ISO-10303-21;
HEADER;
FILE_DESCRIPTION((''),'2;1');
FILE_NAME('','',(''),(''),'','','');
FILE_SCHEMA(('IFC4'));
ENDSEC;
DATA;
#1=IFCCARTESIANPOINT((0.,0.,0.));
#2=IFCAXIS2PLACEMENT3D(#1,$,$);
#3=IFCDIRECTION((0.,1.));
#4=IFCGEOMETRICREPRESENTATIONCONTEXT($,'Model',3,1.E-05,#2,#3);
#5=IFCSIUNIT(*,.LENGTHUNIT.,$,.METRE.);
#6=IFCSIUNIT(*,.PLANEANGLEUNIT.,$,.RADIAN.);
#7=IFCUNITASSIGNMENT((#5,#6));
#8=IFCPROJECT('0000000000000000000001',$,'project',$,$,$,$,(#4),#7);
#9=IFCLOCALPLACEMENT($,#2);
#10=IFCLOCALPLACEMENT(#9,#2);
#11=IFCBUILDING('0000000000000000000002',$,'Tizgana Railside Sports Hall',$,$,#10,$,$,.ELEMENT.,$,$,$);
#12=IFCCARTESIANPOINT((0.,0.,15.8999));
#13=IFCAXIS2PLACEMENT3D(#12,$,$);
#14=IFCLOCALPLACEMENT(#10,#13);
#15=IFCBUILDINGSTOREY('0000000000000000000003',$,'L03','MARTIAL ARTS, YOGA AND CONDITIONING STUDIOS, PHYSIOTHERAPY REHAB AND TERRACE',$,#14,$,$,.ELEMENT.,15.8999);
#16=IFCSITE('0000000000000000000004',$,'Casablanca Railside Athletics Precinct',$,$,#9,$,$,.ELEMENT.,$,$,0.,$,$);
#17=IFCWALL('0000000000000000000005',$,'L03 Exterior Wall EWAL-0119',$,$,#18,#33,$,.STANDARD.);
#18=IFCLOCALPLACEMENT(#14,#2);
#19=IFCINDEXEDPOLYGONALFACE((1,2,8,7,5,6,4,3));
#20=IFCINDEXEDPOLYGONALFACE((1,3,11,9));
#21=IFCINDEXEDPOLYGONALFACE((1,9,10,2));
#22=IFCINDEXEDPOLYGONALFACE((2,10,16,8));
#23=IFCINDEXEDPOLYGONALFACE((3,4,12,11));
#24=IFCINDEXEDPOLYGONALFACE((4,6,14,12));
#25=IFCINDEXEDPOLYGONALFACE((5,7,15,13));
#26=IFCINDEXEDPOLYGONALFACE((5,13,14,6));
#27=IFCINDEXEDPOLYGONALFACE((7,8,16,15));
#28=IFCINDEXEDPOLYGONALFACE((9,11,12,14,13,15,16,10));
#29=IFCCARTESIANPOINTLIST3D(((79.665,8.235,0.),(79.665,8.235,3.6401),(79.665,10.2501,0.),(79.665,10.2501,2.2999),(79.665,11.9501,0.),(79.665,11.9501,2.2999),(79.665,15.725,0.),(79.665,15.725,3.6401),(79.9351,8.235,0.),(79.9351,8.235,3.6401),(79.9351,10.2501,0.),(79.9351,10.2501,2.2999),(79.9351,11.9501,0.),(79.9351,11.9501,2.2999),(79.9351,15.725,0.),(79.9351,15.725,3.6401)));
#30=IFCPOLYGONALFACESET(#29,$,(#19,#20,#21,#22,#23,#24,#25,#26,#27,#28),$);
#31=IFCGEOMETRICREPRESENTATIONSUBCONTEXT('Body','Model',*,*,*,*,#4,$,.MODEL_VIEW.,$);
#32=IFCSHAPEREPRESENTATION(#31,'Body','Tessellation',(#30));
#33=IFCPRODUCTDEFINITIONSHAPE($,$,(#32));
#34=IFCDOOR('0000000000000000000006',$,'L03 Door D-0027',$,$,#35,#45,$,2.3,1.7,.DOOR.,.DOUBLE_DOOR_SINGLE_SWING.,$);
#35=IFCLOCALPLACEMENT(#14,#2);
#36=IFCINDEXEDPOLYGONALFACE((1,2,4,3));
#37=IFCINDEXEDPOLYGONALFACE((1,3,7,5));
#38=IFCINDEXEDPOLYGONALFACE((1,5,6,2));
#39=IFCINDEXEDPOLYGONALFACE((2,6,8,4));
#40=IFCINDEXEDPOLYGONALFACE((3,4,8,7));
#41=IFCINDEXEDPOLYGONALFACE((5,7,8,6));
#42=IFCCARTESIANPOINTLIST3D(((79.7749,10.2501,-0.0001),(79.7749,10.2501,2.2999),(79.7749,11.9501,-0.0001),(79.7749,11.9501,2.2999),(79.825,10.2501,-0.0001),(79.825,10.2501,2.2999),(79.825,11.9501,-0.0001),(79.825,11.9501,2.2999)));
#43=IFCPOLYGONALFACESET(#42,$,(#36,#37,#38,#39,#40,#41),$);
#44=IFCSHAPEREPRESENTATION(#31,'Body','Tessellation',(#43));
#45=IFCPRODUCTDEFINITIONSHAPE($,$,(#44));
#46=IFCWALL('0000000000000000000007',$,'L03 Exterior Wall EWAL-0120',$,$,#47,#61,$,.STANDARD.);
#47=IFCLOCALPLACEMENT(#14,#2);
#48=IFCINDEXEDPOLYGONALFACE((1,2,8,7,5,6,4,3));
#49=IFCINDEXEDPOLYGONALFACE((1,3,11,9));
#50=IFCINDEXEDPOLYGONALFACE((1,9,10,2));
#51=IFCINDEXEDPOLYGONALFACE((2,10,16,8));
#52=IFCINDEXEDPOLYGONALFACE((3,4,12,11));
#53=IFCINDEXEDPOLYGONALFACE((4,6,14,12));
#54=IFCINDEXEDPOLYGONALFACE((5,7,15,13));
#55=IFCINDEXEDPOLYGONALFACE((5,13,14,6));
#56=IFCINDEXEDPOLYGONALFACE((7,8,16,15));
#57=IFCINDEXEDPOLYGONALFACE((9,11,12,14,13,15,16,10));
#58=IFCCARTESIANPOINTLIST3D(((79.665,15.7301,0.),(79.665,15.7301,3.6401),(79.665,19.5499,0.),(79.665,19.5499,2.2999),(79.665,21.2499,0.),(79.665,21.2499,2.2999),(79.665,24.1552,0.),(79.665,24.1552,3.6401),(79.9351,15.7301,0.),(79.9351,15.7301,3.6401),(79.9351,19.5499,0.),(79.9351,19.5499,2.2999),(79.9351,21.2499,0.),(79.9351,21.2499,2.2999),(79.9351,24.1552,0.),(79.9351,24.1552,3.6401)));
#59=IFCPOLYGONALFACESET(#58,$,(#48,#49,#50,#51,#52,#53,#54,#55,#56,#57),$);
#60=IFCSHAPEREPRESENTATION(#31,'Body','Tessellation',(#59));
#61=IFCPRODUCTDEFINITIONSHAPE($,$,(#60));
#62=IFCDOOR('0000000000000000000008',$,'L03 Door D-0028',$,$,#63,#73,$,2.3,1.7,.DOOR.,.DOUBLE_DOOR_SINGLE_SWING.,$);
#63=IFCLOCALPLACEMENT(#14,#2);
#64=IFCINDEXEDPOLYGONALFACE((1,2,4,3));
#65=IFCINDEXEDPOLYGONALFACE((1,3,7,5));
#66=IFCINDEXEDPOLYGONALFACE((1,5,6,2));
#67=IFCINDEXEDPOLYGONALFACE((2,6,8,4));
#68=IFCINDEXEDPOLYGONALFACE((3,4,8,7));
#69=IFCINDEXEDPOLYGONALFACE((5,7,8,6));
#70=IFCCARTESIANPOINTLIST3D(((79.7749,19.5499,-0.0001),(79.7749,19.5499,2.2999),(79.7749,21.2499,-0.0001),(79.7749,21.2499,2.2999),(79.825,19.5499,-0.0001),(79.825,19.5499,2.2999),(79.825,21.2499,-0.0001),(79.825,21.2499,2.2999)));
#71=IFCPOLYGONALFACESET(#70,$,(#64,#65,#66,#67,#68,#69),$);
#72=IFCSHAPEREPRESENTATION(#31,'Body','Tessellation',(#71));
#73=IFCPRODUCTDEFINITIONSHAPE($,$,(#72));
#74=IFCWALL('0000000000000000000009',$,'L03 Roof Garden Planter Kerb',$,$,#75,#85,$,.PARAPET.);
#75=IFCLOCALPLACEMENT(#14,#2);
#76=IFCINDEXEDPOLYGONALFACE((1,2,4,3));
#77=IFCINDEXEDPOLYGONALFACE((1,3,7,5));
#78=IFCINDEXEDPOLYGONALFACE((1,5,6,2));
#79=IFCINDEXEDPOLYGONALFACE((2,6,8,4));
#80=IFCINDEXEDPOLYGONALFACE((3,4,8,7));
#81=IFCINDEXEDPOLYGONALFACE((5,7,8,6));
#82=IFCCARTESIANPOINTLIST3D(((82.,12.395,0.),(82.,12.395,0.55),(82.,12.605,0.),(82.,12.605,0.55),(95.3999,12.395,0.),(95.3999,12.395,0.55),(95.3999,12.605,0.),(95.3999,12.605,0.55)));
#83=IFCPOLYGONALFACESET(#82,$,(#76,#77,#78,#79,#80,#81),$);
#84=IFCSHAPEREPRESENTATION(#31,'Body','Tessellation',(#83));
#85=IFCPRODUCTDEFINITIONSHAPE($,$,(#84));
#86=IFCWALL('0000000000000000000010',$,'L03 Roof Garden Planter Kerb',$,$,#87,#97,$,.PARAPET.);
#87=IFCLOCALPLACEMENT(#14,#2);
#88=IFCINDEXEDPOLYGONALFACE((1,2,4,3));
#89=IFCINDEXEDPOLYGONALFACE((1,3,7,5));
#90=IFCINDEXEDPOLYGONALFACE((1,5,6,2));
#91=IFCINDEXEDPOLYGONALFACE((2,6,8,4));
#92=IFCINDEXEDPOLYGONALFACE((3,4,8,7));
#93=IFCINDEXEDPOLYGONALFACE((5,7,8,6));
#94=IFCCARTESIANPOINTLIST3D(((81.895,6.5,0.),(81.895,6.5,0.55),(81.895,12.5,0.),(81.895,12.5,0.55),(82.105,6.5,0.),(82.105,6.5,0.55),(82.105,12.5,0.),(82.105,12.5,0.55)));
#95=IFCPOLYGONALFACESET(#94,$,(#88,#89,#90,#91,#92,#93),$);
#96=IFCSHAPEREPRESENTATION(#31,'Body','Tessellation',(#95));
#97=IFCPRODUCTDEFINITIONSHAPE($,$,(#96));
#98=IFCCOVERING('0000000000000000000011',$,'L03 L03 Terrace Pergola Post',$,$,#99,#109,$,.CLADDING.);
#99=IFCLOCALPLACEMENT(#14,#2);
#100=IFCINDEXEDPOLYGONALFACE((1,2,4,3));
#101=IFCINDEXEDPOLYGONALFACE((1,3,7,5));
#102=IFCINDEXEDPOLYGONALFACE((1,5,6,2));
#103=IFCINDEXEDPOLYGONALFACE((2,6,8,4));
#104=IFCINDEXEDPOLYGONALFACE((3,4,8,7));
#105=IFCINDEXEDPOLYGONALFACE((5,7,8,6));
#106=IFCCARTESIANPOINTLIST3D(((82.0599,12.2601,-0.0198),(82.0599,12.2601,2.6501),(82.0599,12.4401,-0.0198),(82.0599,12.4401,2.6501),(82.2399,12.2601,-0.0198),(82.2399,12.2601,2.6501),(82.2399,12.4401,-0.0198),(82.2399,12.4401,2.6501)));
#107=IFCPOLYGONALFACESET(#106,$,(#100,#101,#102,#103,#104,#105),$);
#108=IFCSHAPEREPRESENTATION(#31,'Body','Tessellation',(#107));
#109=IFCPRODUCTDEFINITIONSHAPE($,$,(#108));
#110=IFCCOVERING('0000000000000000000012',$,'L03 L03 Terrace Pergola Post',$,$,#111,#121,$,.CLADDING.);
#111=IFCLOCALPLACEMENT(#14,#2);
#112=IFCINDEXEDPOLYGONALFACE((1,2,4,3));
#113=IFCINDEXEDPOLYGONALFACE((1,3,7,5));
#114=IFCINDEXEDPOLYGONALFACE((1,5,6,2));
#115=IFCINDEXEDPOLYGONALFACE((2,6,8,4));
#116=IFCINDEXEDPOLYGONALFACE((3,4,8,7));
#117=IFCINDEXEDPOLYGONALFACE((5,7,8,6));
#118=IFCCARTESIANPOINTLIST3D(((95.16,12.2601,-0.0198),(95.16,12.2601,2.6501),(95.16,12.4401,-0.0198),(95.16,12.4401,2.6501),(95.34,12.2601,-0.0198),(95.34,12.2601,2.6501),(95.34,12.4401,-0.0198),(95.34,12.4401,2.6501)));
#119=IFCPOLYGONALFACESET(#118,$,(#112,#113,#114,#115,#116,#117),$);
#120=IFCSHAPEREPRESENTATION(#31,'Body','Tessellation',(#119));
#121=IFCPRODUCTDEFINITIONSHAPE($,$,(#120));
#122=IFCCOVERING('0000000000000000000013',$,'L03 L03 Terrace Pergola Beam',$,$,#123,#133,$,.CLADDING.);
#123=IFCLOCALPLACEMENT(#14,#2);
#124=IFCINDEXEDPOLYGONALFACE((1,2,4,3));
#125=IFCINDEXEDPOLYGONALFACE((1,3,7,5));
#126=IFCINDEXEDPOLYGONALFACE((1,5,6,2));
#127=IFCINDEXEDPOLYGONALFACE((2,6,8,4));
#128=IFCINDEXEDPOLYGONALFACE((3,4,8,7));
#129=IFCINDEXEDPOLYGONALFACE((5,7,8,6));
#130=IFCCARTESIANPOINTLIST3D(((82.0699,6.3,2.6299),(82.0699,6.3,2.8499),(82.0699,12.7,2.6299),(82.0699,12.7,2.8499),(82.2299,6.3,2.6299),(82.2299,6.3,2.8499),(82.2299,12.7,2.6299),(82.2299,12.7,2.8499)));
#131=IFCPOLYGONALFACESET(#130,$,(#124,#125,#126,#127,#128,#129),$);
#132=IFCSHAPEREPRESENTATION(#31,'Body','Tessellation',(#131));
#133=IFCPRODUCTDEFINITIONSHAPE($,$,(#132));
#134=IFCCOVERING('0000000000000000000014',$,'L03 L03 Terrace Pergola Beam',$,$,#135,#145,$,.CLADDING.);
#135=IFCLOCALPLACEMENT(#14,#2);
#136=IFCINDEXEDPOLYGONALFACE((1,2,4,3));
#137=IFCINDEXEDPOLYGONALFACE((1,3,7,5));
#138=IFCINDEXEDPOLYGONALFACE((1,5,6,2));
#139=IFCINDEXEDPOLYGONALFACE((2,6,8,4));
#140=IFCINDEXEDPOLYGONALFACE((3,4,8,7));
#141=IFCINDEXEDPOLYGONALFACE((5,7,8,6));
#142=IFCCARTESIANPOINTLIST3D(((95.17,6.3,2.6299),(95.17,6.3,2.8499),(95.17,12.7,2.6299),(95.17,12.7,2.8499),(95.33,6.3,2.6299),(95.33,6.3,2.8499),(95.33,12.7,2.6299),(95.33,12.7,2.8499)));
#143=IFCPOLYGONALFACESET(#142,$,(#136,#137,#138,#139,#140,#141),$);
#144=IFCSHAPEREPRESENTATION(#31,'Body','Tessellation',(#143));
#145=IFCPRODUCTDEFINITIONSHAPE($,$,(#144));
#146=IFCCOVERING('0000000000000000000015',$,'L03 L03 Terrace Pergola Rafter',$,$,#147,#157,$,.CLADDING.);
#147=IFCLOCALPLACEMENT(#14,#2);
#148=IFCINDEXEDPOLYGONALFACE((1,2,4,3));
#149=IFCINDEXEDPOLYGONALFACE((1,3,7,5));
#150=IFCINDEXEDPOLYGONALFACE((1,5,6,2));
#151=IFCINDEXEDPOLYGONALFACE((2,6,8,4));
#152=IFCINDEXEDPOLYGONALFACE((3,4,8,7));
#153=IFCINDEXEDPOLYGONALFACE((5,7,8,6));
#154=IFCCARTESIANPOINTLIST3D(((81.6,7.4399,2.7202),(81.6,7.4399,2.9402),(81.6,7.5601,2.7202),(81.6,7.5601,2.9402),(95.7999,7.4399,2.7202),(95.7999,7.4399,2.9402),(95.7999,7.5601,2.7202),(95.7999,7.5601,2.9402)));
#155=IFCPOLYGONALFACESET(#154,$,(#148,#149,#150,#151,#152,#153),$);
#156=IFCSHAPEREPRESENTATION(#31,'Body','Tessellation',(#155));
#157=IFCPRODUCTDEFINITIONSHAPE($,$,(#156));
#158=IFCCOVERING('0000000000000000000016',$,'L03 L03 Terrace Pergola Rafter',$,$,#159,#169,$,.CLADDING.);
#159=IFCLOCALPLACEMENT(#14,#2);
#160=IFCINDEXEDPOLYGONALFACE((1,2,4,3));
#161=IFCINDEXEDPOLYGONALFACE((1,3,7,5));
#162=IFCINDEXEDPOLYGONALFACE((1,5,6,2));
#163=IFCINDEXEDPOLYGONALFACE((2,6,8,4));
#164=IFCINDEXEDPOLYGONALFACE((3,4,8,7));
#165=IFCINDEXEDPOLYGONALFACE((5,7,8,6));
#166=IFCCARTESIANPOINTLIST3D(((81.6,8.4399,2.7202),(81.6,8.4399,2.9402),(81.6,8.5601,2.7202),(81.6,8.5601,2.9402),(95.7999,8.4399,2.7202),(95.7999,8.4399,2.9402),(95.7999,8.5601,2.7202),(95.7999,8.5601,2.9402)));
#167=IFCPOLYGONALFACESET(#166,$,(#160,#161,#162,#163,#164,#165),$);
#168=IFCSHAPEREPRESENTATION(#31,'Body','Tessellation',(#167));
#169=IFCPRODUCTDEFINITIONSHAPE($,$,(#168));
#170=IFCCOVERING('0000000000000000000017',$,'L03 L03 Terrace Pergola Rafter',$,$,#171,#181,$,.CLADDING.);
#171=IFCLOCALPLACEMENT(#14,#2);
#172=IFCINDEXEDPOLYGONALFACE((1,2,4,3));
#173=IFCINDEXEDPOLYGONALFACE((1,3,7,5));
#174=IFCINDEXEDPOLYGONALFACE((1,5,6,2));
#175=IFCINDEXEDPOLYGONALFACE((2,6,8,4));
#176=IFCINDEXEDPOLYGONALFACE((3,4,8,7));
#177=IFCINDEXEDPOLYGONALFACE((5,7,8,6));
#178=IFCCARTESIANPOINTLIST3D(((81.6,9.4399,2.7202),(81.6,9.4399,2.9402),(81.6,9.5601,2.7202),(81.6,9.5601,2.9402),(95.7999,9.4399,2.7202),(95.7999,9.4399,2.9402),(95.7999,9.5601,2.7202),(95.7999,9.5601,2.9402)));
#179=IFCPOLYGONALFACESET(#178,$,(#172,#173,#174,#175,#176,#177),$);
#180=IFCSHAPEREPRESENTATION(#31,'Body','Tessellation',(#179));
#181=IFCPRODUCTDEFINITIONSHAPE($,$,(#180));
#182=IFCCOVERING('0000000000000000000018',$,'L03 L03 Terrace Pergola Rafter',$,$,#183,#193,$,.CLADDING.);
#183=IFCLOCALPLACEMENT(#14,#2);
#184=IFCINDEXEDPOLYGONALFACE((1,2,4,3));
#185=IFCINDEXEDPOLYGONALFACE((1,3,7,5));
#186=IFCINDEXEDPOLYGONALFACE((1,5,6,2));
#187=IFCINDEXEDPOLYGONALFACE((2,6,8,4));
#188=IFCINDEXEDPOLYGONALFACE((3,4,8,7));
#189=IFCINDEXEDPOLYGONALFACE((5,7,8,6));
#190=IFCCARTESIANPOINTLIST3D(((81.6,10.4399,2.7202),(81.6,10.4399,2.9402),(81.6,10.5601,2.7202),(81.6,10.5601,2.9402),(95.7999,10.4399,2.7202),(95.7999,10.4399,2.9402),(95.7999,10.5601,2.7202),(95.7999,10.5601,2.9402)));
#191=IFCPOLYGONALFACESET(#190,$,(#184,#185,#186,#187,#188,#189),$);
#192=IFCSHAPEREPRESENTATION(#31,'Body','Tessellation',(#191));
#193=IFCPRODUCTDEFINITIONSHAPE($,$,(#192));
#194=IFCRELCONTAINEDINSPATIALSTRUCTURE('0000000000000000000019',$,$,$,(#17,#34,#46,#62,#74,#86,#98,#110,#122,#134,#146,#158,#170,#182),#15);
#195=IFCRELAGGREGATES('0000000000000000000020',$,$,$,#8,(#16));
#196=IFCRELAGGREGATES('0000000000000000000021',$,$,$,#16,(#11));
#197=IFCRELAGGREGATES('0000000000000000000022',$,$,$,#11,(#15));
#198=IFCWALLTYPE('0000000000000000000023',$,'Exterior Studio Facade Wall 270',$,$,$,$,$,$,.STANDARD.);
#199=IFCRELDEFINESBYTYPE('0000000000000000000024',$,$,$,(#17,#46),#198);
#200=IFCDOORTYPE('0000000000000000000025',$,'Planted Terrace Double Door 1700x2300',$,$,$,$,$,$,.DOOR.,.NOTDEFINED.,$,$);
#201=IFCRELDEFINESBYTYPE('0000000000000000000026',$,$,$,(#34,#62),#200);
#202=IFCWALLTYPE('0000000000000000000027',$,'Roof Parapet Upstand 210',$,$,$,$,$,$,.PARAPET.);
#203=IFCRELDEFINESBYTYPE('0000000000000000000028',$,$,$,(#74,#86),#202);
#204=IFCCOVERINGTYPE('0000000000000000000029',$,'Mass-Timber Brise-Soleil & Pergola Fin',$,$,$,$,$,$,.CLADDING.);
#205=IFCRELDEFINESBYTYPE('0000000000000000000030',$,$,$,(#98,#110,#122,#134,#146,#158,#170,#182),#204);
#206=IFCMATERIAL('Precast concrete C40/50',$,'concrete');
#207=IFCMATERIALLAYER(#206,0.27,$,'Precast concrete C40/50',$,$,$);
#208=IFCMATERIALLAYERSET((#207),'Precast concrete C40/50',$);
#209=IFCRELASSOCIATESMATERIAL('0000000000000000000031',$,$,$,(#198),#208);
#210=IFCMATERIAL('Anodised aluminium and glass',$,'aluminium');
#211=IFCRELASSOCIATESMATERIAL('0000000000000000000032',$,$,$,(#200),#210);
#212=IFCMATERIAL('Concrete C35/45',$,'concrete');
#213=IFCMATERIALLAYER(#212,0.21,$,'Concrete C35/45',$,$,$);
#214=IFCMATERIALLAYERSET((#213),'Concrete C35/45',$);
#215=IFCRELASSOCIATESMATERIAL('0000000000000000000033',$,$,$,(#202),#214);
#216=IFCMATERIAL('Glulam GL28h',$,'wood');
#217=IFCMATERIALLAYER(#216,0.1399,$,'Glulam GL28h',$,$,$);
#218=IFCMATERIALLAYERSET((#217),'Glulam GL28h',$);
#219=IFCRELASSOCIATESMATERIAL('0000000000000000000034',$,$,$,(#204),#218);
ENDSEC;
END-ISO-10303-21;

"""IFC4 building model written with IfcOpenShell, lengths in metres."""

from ifc_helpers import new_model, si_unit, direction, frame, frame_2d, origin, origin_2d, place, context, subcontext, project, spatial, rectangle, extrude, material, layer, layer_set, type_object, element, fill, save


model = new_model("IFC4")

# Units and contexts
model_context = context("Model", 3, precision=1e-05, world=origin(), true_north=direction((0.0, 1.0)))
body_context = subcontext(model_context, "Body", "Model", "MODEL_VIEW")
ifc_project = project(units=[si_unit("LENGTHUNIT", "METRE"), si_unit("PLANEANGLEUNIT", "RADIAN")], contexts=[model_context])

# Site, building, storey
site_placement = place(None, origin())
site = spatial("IfcSite", under=ifc_project, at=site_placement, Name="Casablanca Railside Athletics Precinct", CompositionType="ELEMENT", RefElevation=0.0)
building_placement = place(site_placement, origin())
building = spatial("IfcBuilding", under=site, at=building_placement, Name="Tizgana Railside Sports Hall", CompositionType="ELEMENT")
storey_placement = place(building_placement, frame((0.0, 0.0, 15.8999)))
storey = spatial("IfcBuildingStorey", under=building, at=storey_placement, Name="L03", Description="MARTIAL ARTS, YOGA AND CONDITIONING STUDIOS, PHYSIOTHERAPY REHAB AND TERRACE", CompositionType="ELEMENT", Elevation=15.8999)

# Shared definitions
ifc_material_1 = material(Name="Anodised aluminium and glass", Category="aluminium")

# Walls, openings, doors
ifc_material_2 = material(Name="Precast concrete C40/50", Category="concrete")
ifc_layer_1 = layer(ifc_material_2, 0.27, Name="Precast concrete C40/50")
ifc_layer_set_1 = layer_set([ifc_layer_1], Name="Precast concrete C40/50")
wall_type_1 = type_object("IfcWallType", Name="Exterior Studio Facade Wall 270", PredefinedType="STANDARD", material=ifc_layer_set_1)
wall_1_placement = place(storey_placement, frame((79.8, 15.7251, 0.0), z_axis=(0.0, 0.0, 1.0), x_axis=(0.0, -1.0, 0.0)))
wall_1 = element("IfcWall", 1, at=wall_1_placement, inside=storey, type_object=wall_type_1, Name="L03 Exterior Wall EWAL-0119", PredefinedType="STANDARD", context=body_context, shape_type="SweptSolid", body=[
    extrude(rectangle(XDim=7.49, YDim=0.27, at=frame_2d((3.7451, 0.0))), origin(), (0.0, 0.0, 1.0), 3.6401),
])
opening_1_placement = place(wall_1_placement, frame((3.7749, 0.0, 0.0)))
opening_1 = element("IfcOpeningElement", 2, at=opening_1_placement, cuts=wall_1, PredefinedType="OPENING", context=body_context, shape_type="SweptSolid", body=[
    extrude(rectangle(XDim=1.7, YDim=2.3, at=frame_2d((0.8501, 1.1499))), frame((0.0, 0.145, 0.0), z_axis=(0.0, -1.0, 0.0), x_axis=(1.0, 0.0, 0.0)), (0.0, 0.0, 1.0), 0.29),
])
door_type = type_object("IfcDoorType", Name="Planted Terrace Double Door 1700x2300", OperationType="NOTDEFINED", PredefinedType="DOOR", material=ifc_material_1)
door_1_placement = place(opening_1_placement, origin())
door_1 = element("IfcDoor", 3, at=door_1_placement, inside=storey, type_object=door_type, Name="L03 Door D-0027", OperationType="DOUBLE_DOOR_SINGLE_SWING", OverallHeight=2.3, OverallWidth=1.7, PredefinedType="DOOR", context=body_context, shape_type="SweptSolid", body=[
    extrude(rectangle(XDim=1.7, YDim=2.3, at=frame_2d((0.8501, 1.1499))), frame((0.0, 0.0249, 0.0), z_axis=(0.0, -1.0, 0.0), x_axis=(1.0, 0.0, 0.0)), (0.0, 0.0, 1.0), 0.05),
])
fill(opening_1, door_1)
wall_2_placement = place(storey_placement, frame((79.8, 24.155, 0.0), z_axis=(0.0, 0.0, 1.0), x_axis=(0.0, -1.0, 0.0)))
wall_2 = element("IfcWall", 4, at=wall_2_placement, inside=storey, type_object=wall_type_1, Name="L03 Exterior Wall EWAL-0120", PredefinedType="STANDARD", context=body_context, shape_type="SweptSolid", body=[
    extrude(rectangle(XDim=8.425, YDim=0.27, at=frame_2d((4.2124, 0.0))), origin(), (0.0, 0.0, 1.0), 3.6401),
])
opening_2_placement = place(wall_2_placement, frame((2.905, 0.0, 0.0)))
opening_2 = element("IfcOpeningElement", 5, at=opening_2_placement, cuts=wall_2, PredefinedType="OPENING", context=body_context, shape_type="SweptSolid", body=[
    extrude(rectangle(XDim=1.7, YDim=2.3, at=frame_2d((0.8501, 1.1499))), frame((0.0, 0.145, 0.0), z_axis=(0.0, -1.0, 0.0), x_axis=(1.0, 0.0, 0.0)), (0.0, 0.0, 1.0), 0.29),
])
door_2_placement = place(opening_2_placement, origin())
door_2 = element("IfcDoor", 6, at=door_2_placement, inside=storey, type_object=door_type, Name="L03 Door D-0028", OperationType="DOUBLE_DOOR_SINGLE_SWING", OverallHeight=2.3, OverallWidth=1.7, PredefinedType="DOOR", context=body_context, shape_type="SweptSolid", body=[
    extrude(rectangle(XDim=1.7, YDim=2.3, at=frame_2d((0.8501, 1.1499))), frame((0.0, 0.0249, 0.0), z_axis=(0.0, -1.0, 0.0), x_axis=(1.0, 0.0, 0.0)), (0.0, 0.0, 1.0), 0.05),
])
fill(opening_2, door_2)

# Walls
ifc_material_3 = material(Name="Concrete C35/45", Category="concrete")
ifc_layer_2 = layer(ifc_material_3, 0.21, Name="Concrete C35/45")
ifc_layer_set_2 = layer_set([ifc_layer_2], Name="Concrete C35/45")
wall_type_2 = type_object("IfcWallType", Name="Roof Parapet Upstand 210", PredefinedType="PARAPET", material=ifc_layer_set_2)
wall_3_placement = place(storey_placement, frame((95.3999, 12.5, 0.0), z_axis=(0.0, 0.0, 1.0), x_axis=(-1.0, 0.0, 0.0)))
element("IfcWall", 7, at=wall_3_placement, inside=storey, type_object=wall_type_2, Name="L03 Roof Garden Planter Kerb", PredefinedType="PARAPET", context=body_context, shape_type="SweptSolid", body=[
    extrude(rectangle(XDim=13.3999, YDim=0.21, at=frame_2d((6.7, 0.0))), origin(), (0.0, 0.0, 1.0), 0.55),
])
wall_4_placement = place(storey_placement, frame((82.0, 12.5, 0.0), z_axis=(0.0, 0.0, 1.0), x_axis=(0.0, -1.0, 0.0)))
element("IfcWall", 8, at=wall_4_placement, inside=storey, type_object=wall_type_2, Name="L03 Roof Garden Planter Kerb", PredefinedType="PARAPET", context=body_context, shape_type="SweptSolid", body=[
    extrude(rectangle(XDim=6.0, YDim=0.21, at=frame_2d((3.0, 0.0))), origin(), (0.0, 0.0, 1.0), 0.55),
])

# Coverings
ifc_material_4 = material(Name="Glulam GL28h", Category="wood")
ifc_layer_3 = layer(ifc_material_4, 0.1399, Name="Glulam GL28h")
ifc_layer_set_3 = layer_set([ifc_layer_3], Name="Glulam GL28h")
covering_type = type_object("IfcCoveringType", Name="Mass-Timber Brise-Soleil & Pergola Fin", PredefinedType="CLADDING", material=ifc_layer_set_3)
for number, where, z_axis, x_axis, name in (
    (9, (82.1499, 12.3501, -0.0198), (0.0, 0.0, 1.0), (1.0, 0.0, 0.0), "L03 L03 Terrace Pergola Post"),
    (10, (95.25, 12.3501, -0.0198), (0.0, 0.0, 1.0), (1.0, 0.0, 0.0), "L03 L03 Terrace Pergola Post"),
):
    element("IfcCovering", number, at=place(storey_placement, frame(where, z_axis=z_axis, x_axis=x_axis)), inside=storey, type_object=covering_type, Name=name, PredefinedType="CLADDING", context=body_context, shape_type="SweptSolid", body=[
        extrude(rectangle(XDim=0.1799, YDim=0.1799, at=origin_2d()), origin(), (0.0, 0.0, 1.0), 2.6699),
    ])
for number, where, z_axis, x_axis, name in (
    (11, (82.1499, 9.5, 2.6299), (0.0, 0.0, 1.0), (1.0, 0.0, 0.0), "L03 L03 Terrace Pergola Beam"),
    (12, (95.25, 9.5, 2.6299), (0.0, 0.0, 1.0), (1.0, 0.0, 0.0), "L03 L03 Terrace Pergola Beam"),
):
    element("IfcCovering", number, at=place(storey_placement, frame(where, z_axis=z_axis, x_axis=x_axis)), inside=storey, type_object=covering_type, Name=name, PredefinedType="CLADDING", context=body_context, shape_type="SweptSolid", body=[
        extrude(rectangle(XDim=0.1599, YDim=6.3999, at=origin_2d()), origin(), (0.0, 0.0, 1.0), 0.22),
    ])
for number, where, z_axis, x_axis, name in (
    (13, (88.7, 7.5, 2.7202), (0.0, 0.0, 1.0), (1.0, 0.0, 0.0), "L03 L03 Terrace Pergola Rafter"),
    (14, (88.7, 8.5, 2.7202), (0.0, 0.0, 1.0), (1.0, 0.0, 0.0), "L03 L03 Terrace Pergola Rafter"),
    (15, (88.7, 9.5, 2.7202), (0.0, 0.0, 1.0), (1.0, 0.0, 0.0), "L03 L03 Terrace Pergola Rafter"),
    (16, (88.7, 10.5, 2.7202), (0.0, 0.0, 1.0), (1.0, 0.0, 0.0), "L03 L03 Terrace Pergola Rafter"),
):
    element("IfcCovering", number, at=place(storey_placement, frame(where, z_axis=z_axis, x_axis=x_axis)), inside=storey, type_object=covering_type, Name=name, PredefinedType="CLADDING", context=body_context, shape_type="SweptSolid", body=[
        extrude(rectangle(XDim=14.2, YDim=0.1201, at=origin_2d()), origin(), (0.0, 0.0, 1.0), 0.22),
    ])

save(model, "model.ifc")
